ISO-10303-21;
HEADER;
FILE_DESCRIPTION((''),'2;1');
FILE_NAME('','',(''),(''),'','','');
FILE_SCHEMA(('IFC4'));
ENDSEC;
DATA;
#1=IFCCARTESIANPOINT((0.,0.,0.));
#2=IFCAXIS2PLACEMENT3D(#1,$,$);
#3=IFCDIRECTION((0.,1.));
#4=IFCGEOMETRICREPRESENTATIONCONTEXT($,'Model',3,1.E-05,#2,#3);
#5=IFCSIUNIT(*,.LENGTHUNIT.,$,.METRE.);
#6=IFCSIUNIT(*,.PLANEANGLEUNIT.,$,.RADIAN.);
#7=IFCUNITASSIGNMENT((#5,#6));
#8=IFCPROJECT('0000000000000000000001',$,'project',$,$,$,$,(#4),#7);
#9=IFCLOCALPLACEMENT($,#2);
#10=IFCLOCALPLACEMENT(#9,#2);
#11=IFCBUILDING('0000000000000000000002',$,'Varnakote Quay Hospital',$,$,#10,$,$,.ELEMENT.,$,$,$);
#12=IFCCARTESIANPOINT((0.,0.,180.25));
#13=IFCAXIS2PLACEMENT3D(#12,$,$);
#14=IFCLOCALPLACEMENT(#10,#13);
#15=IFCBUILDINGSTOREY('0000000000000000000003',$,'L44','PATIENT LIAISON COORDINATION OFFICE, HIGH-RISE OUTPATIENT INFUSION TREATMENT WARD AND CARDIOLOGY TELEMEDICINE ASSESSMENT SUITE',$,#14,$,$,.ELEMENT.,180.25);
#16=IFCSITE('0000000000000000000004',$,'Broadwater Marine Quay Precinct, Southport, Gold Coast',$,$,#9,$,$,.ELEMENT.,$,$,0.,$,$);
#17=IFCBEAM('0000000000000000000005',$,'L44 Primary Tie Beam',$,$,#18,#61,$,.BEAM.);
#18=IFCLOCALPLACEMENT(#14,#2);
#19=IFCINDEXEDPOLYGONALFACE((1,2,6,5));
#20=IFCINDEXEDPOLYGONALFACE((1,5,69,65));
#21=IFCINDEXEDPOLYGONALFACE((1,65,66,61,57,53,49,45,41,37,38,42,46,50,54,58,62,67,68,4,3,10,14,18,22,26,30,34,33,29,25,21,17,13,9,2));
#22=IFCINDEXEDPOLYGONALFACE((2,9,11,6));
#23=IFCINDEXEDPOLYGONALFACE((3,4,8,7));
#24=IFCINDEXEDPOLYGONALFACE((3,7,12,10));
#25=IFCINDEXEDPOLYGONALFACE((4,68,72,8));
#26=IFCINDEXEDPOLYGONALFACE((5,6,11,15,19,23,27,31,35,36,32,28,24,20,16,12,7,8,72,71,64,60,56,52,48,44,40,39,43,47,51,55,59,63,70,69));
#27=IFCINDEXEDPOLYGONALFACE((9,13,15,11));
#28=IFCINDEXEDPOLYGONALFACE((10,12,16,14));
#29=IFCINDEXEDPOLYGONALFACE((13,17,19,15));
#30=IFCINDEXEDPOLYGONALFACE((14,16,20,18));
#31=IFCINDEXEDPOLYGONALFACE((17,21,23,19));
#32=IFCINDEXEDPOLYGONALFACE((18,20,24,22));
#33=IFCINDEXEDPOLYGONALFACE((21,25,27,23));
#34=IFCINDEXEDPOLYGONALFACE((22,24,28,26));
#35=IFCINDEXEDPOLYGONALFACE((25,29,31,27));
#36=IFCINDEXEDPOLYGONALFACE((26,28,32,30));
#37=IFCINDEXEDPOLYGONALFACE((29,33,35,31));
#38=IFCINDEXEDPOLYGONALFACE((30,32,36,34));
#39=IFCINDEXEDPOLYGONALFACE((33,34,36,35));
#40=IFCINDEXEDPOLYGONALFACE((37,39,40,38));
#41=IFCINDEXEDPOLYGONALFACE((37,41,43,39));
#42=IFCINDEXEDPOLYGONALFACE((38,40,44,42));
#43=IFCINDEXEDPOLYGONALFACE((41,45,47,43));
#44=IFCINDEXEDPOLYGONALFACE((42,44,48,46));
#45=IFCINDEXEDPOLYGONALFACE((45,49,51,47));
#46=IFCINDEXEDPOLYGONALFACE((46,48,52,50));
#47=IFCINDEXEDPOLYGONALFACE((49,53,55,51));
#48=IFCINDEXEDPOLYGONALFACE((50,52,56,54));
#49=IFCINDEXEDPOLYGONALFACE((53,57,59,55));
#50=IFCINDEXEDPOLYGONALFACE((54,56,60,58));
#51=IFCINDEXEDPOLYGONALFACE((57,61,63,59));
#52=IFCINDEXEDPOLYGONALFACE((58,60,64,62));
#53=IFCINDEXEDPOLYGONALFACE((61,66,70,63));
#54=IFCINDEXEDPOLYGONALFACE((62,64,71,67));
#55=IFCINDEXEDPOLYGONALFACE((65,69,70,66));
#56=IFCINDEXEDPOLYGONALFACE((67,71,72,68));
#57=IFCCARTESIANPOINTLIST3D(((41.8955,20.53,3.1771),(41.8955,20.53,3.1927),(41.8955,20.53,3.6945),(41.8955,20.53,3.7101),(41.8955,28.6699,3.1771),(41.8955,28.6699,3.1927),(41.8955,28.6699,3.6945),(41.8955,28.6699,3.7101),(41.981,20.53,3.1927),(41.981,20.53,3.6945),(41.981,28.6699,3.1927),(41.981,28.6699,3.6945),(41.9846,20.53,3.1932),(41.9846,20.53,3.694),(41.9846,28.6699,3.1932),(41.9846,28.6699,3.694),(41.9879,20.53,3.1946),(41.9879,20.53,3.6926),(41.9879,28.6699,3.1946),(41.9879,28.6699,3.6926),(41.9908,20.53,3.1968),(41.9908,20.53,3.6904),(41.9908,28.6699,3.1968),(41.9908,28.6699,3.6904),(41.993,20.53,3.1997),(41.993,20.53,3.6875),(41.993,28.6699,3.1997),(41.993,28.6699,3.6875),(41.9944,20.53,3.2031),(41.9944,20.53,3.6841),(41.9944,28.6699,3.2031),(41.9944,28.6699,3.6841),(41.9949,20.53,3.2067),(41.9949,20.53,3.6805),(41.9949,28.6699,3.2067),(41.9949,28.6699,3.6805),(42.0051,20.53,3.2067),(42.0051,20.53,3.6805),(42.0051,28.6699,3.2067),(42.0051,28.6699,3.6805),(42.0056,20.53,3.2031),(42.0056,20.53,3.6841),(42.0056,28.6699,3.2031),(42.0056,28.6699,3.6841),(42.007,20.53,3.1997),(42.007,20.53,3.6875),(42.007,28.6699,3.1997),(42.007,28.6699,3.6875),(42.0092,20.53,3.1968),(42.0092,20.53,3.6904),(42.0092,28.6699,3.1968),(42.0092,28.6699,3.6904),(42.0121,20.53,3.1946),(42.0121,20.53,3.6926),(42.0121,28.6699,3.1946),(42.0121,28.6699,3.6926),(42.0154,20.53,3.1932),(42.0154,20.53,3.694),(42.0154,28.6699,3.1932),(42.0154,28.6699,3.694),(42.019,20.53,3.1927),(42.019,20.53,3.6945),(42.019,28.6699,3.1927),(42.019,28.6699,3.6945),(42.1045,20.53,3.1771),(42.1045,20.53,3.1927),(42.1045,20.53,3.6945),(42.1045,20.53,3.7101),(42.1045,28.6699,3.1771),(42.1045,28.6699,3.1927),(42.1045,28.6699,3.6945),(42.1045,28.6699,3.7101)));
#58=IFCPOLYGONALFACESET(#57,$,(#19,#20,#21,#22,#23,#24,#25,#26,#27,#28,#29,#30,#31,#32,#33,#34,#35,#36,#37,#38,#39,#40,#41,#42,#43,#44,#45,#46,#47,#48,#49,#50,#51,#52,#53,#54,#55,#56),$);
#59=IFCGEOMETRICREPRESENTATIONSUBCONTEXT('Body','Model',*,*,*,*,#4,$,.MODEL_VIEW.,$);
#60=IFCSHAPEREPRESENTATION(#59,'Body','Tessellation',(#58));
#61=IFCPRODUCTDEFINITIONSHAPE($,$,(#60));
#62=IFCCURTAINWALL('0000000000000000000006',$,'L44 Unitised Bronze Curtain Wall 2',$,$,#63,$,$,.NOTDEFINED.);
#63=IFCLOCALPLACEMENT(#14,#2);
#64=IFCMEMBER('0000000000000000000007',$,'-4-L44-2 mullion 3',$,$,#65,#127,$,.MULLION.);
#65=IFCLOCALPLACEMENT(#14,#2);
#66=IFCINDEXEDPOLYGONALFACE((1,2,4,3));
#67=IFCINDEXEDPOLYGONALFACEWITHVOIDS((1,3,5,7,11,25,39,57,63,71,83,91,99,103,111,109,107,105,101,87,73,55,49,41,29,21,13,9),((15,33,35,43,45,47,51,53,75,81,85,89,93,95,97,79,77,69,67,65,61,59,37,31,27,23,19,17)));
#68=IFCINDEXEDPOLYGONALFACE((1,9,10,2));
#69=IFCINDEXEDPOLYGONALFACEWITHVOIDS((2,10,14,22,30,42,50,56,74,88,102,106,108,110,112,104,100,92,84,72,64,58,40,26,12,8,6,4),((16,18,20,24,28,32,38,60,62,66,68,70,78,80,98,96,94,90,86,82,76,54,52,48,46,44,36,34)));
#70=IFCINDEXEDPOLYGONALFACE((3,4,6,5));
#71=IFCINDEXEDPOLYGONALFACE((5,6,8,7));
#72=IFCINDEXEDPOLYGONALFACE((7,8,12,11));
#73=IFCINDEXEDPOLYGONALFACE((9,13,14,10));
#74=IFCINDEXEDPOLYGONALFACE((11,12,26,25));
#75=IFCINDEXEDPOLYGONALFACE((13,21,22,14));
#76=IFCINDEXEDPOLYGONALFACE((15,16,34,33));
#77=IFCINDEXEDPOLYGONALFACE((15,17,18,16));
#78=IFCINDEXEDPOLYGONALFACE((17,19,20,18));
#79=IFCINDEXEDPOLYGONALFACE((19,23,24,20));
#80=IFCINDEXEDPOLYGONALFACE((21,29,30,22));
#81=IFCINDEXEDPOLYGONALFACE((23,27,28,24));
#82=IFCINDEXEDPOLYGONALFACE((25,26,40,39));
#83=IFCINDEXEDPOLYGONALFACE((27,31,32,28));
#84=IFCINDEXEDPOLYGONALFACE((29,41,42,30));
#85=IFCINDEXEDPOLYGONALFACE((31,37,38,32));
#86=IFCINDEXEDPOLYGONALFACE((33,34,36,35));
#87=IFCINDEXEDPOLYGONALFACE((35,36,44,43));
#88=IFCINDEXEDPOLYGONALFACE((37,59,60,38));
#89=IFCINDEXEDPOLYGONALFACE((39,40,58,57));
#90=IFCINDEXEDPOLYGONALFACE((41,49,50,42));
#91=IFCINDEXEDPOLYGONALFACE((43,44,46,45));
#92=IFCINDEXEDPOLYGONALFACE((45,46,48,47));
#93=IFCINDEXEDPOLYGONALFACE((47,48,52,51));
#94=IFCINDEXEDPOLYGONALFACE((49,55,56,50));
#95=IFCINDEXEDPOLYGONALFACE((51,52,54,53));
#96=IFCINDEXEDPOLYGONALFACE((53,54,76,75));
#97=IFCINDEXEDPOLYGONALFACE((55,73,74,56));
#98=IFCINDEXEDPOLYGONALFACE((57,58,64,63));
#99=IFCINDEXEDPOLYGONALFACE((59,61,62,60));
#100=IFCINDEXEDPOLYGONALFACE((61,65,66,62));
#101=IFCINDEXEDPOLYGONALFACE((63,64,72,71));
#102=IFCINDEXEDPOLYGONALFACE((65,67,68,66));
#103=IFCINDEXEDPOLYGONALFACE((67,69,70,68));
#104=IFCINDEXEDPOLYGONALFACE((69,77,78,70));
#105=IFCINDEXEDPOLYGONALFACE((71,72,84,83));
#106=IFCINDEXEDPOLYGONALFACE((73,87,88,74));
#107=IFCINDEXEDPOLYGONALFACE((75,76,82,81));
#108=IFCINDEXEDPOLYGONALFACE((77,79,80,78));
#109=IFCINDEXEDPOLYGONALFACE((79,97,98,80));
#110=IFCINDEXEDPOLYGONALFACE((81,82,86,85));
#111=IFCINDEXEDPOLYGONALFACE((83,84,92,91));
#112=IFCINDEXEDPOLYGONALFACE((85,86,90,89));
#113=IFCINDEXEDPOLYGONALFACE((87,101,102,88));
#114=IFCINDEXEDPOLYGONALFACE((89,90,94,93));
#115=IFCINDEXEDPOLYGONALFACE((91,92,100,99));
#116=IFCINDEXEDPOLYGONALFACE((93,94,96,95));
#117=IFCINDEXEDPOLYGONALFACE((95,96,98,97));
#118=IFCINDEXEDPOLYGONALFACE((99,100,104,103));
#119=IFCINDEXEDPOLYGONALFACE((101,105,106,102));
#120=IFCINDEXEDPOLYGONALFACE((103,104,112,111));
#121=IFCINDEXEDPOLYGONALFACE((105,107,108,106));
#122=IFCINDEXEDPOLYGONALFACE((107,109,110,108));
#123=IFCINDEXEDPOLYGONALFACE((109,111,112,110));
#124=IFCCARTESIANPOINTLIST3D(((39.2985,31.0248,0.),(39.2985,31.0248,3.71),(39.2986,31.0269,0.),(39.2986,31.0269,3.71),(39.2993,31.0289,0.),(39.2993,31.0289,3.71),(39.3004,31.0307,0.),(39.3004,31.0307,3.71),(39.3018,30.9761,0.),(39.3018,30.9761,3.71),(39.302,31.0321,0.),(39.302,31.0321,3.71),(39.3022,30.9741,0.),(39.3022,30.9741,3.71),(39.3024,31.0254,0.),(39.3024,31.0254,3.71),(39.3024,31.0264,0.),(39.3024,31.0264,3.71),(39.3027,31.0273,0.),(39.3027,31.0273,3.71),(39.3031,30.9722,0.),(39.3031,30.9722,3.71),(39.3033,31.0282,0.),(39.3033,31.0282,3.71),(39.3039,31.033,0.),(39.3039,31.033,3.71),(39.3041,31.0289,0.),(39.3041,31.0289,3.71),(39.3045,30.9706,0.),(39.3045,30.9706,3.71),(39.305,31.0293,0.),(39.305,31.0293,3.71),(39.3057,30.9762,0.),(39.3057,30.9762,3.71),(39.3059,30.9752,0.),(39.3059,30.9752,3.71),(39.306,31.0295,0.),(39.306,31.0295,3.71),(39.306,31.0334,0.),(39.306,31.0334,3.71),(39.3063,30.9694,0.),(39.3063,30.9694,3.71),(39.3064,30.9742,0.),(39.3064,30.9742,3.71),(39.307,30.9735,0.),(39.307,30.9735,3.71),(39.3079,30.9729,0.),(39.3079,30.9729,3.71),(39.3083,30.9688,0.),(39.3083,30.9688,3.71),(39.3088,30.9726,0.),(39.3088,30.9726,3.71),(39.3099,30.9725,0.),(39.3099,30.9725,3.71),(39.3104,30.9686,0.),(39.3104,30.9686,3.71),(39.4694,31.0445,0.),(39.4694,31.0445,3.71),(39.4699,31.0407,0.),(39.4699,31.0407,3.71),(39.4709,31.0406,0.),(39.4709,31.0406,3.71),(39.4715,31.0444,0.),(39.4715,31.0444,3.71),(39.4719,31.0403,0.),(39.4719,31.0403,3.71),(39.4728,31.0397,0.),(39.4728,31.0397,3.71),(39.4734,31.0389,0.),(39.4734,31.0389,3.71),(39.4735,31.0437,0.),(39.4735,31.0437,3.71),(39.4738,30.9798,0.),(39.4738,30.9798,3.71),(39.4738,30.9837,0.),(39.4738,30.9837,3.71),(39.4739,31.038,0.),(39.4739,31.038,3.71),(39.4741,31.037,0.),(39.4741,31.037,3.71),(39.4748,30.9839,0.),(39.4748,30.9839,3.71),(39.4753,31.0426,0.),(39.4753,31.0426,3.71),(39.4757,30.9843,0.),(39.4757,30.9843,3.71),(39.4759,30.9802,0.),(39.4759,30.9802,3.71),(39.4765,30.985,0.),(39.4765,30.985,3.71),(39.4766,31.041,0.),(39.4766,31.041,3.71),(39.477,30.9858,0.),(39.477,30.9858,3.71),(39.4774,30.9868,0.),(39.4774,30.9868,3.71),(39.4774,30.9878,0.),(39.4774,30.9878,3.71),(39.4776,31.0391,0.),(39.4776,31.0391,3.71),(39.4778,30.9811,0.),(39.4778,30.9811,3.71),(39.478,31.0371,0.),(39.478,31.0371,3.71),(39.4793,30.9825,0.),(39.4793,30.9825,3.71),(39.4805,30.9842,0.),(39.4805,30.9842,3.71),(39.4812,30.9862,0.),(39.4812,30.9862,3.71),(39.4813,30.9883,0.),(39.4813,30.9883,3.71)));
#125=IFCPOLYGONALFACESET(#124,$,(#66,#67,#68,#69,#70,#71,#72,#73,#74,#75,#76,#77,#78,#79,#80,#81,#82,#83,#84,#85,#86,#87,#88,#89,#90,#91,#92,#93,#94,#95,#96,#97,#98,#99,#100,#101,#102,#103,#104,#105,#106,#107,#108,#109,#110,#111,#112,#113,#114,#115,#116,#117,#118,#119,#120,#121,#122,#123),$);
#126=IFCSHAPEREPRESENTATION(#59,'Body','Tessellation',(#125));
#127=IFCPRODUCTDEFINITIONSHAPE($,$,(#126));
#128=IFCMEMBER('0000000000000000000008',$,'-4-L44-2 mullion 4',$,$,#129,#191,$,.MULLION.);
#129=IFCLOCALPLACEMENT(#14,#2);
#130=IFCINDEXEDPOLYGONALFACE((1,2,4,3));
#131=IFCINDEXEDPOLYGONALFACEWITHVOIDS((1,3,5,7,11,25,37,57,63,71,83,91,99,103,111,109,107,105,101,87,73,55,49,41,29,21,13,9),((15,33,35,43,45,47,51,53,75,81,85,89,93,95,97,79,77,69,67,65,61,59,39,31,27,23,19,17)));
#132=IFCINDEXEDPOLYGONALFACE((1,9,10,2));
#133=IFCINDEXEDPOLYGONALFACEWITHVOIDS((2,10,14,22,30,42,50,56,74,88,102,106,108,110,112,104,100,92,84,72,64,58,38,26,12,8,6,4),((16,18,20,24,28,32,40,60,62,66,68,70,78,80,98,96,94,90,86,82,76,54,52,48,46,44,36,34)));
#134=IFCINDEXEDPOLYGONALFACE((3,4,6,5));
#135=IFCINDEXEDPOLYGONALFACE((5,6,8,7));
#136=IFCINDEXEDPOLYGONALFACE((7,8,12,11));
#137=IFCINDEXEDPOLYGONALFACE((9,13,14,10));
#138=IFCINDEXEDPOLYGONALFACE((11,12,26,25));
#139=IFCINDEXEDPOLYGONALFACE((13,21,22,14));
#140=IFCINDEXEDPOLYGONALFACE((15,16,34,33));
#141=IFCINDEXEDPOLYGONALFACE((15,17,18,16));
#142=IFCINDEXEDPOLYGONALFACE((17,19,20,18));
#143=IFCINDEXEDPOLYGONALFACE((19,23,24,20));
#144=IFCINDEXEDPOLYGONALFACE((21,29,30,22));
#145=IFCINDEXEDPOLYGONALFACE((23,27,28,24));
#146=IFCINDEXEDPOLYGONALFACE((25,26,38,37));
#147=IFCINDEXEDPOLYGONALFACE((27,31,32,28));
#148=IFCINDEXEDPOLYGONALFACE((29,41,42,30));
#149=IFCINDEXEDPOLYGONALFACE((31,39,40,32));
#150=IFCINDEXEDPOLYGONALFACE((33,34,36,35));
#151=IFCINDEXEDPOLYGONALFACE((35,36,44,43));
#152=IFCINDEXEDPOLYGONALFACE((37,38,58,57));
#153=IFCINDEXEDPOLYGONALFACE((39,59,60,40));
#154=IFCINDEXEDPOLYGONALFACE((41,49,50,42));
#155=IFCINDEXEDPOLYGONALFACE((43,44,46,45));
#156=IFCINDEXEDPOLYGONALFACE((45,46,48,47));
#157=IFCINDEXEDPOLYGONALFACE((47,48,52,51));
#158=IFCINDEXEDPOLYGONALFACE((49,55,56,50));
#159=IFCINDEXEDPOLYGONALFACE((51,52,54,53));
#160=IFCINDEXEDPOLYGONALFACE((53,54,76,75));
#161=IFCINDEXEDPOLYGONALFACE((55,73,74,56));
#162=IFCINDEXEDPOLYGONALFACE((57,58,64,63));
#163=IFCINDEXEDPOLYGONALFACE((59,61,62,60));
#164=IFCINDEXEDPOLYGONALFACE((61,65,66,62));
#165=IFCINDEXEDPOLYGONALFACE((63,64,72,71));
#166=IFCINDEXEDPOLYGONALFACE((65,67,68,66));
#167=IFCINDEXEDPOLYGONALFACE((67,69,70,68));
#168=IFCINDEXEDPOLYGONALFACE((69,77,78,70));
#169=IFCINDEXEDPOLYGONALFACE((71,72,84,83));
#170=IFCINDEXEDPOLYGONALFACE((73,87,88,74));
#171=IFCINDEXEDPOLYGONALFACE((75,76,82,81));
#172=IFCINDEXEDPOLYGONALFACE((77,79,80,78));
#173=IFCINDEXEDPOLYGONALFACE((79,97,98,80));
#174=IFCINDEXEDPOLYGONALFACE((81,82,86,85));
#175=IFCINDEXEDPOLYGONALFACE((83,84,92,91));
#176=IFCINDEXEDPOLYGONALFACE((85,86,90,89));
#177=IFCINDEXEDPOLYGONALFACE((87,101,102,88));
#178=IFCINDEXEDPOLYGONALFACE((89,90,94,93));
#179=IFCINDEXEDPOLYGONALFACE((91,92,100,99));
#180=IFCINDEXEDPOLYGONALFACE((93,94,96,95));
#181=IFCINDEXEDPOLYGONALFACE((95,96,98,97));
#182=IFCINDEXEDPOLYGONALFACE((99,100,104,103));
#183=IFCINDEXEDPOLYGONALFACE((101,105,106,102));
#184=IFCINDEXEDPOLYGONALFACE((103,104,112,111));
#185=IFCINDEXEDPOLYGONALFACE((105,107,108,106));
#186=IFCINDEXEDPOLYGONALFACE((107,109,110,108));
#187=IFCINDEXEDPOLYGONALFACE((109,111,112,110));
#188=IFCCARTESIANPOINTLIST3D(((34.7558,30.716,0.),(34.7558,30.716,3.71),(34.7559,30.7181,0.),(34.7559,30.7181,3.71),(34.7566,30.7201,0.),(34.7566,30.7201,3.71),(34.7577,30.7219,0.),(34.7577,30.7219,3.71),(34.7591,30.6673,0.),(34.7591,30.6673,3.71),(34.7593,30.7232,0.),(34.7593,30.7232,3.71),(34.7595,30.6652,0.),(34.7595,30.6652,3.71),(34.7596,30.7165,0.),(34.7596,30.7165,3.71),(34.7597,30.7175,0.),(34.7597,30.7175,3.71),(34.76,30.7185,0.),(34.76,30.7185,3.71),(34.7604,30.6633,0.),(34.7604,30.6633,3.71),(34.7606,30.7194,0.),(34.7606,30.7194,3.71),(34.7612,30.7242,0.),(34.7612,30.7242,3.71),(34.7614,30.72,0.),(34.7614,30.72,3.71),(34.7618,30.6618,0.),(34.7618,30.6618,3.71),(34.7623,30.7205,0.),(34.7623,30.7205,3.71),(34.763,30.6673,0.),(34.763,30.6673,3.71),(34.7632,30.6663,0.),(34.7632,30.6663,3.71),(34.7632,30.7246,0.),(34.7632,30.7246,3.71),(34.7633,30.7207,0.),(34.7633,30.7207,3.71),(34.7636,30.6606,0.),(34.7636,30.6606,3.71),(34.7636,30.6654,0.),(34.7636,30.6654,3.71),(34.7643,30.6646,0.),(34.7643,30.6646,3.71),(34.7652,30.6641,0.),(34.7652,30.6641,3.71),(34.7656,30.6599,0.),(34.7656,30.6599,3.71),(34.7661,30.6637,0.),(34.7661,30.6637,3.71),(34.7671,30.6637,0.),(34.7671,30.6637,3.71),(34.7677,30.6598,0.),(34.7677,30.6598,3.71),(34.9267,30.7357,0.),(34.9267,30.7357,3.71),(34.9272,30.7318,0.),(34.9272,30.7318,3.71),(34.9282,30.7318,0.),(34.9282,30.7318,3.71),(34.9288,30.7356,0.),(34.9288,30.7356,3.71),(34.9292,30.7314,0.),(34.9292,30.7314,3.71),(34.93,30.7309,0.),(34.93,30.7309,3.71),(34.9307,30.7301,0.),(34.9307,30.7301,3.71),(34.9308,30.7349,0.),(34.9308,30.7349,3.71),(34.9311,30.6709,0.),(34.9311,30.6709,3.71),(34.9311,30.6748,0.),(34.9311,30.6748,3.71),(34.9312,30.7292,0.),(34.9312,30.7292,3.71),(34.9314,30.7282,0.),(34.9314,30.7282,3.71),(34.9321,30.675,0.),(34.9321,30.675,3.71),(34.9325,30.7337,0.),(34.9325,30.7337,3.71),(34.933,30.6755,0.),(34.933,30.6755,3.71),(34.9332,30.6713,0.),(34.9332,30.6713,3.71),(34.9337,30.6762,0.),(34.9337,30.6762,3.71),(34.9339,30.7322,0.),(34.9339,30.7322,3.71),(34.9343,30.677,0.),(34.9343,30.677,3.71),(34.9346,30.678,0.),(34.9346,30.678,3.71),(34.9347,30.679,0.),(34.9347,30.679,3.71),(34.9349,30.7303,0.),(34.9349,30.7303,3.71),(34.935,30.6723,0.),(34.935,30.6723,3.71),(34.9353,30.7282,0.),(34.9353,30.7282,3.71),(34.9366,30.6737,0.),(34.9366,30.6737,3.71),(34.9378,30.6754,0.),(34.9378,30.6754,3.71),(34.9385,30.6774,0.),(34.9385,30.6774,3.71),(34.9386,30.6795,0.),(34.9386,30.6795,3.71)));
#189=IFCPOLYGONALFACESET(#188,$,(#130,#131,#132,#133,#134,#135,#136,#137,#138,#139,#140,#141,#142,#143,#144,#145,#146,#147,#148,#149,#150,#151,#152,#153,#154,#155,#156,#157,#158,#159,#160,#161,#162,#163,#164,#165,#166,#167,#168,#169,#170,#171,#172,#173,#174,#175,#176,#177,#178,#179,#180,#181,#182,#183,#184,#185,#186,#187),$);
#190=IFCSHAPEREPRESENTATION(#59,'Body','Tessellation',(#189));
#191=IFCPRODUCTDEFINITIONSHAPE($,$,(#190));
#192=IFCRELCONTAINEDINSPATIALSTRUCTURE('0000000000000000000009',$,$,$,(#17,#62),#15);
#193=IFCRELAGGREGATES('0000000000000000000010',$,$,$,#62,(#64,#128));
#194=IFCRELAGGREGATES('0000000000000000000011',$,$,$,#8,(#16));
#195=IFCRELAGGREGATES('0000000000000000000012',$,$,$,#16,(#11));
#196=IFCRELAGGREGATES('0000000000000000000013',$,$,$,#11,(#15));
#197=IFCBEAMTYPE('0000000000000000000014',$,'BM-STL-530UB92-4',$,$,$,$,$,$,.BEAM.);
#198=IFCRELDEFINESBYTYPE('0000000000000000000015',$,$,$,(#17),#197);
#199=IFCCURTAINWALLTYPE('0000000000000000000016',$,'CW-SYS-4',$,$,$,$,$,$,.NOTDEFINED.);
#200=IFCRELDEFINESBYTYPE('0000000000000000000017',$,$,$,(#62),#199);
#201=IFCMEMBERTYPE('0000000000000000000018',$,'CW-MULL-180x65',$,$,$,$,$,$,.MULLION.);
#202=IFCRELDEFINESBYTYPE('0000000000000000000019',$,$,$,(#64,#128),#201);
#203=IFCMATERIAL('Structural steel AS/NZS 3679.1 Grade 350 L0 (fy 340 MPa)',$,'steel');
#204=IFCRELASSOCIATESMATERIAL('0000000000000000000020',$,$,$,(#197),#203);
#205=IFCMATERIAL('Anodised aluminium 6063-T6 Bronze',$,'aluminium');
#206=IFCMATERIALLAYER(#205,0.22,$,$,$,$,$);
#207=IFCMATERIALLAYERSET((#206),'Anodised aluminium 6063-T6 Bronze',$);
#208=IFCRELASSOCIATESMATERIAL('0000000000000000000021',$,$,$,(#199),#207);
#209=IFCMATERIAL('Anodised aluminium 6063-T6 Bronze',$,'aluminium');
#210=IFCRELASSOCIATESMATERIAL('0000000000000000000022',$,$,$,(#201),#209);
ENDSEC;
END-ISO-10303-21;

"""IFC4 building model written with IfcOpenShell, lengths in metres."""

from ifc_helpers import new_model, si_unit, direction, frame, origin, origin_2d, place, context, subcontext, project, spatial, hollow_rectangle, i_section, extrude, material, layer, layer_set, material_profile, profile_set, type_object, element, aggregate, save


model = new_model("IFC4")

# Units and contexts
model_context = context("Model", 3, precision=1e-05, world=origin(), true_north=direction((0.0, 1.0)))
body_context = subcontext(model_context, "Body", "Model", "MODEL_VIEW")
ifc_project = project(units=[si_unit("LENGTHUNIT", "METRE"), si_unit("PLANEANGLEUNIT", "RADIAN")], contexts=[model_context])

# Site, building, storey
site_placement = place(None, origin())
site = spatial("IfcSite", under=ifc_project, at=site_placement, Name="Broadwater Marine Quay Precinct, Southport, Gold Coast", CompositionType="ELEMENT", RefElevation=0.0)
building_placement = place(site_placement, origin())
building = spatial("IfcBuilding", under=site, at=building_placement, Name="Varnakote Quay Hospital", CompositionType="ELEMENT")
storey_placement = place(building_placement, frame((0.0, 0.0, 180.25)))
storey = spatial("IfcBuildingStorey", under=building, at=storey_placement, Name="L44", Description="PATIENT LIAISON COORDINATION OFFICE, HIGH-RISE OUTPATIENT INFUSION TREATMENT WARD AND CARDIOLOGY TELEMEDICINE ASSESSMENT SUITE", CompositionType="ELEMENT", Elevation=180.25)

# Beam
ifc_material_1 = material(Name="Structural steel AS/NZS 3679.1 Grade 350 L0 (fy 340 MPa)", Category="steel")
ifc_material_profile_1 = material_profile(ifc_material_1, i_section(OverallWidth=0.209, OverallDepth=0.533, WebThickness=0.0103, FlangeThickness=0.0156, FilletRadius=0.0139, at=origin_2d()), Name="530UB92.4")
ifc_profile_set_1 = profile_set([ifc_material_profile_1], Name="Structural steel AS/NZS 3679.1 Grade 350 L0 (fy 340 MPa)")
beam_type_1 = type_object("IfcBeamType", Name="BM-STL-530UB92-4", PredefinedType="BEAM", material=ifc_profile_set_1)
beam_1_placement = place(storey_placement, frame((42.0, 20.53, 3.4436), z_axis=(0.0, 1.0, 0.0), x_axis=(-1.0, 0.0, 0.0)))
element("IfcBeam", 1, at=beam_1_placement, inside=storey, type_object=beam_type_1, Name="L44 Primary Tie Beam", PredefinedType="BEAM", context=body_context, shape_type="SweptSolid", body=[
    extrude(i_section(OverallWidth=0.209, OverallDepth=0.533, WebThickness=0.0103, FlangeThickness=0.0156, FilletRadius=0.0139, at=origin_2d()), origin(), (0.0, 0.0, 1.0), 8.1399),
])

# Curtain wall, members
ifc_material_2 = material(Name="Anodised aluminium 6063-T6 Bronze", Category="aluminium")
ifc_layer_1 = layer(ifc_material_2, 0.22)
ifc_layer_set_1 = layer_set([ifc_layer_1], Name="Anodised aluminium 6063-T6 Bronze")
curtain_wall_type = type_object("IfcCurtainWallType", Name="CW-SYS-4", PredefinedType="NOTDEFINED", material=ifc_layer_set_1)
curtain_wall_placement = place(storey_placement, origin())
curtain_wall = element("IfcCurtainWall", 2, at=curtain_wall_placement, inside=storey, type_object=curtain_wall_type, Name="L44 Unitised Bronze Curtain Wall 2", PredefinedType="NOTDEFINED")
ifc_material_3 = material(Name="Anodised aluminium 6063-T6 Bronze", Category="aluminium")
ifc_material_profile_2 = material_profile(ifc_material_3, hollow_rectangle(XDim=0.0649, YDim=0.1799, WallThickness=0.0039, InnerFilletRadius=0.0039, OuterFilletRadius=0.0081, at=origin_2d()), Name="CW-MULL-180x65")
ifc_profile_set_2 = profile_set([ifc_material_profile_2], Name="Anodised aluminium 6063-T6 Bronze")
member_type_1 = type_object("IfcMemberType", Name="CW-MULL-180x65", PredefinedType="MULLION", material=ifc_profile_set_2)
member_1_placement = place(storey_placement, frame((39.3899, 31.0066, 0.0), z_axis=(0.0, 0.0, 1.0), x_axis=(0.067842, -0.997696, 0.0)))
member_1 = element("IfcMember", 3, at=member_1_placement, type_object=member_type_1, Name="-4-L44-2 mullion 3", PredefinedType="MULLION", context=body_context, shape_type="SweptSolid", body=[
    extrude(hollow_rectangle(XDim=0.0649, YDim=0.1799, WallThickness=0.0039, InnerFilletRadius=0.0039, OuterFilletRadius=0.0081, at=origin_2d()), origin(), (0.0, 0.0, 1.0), 3.71),
])
member_2_placement = place(storey_placement, frame((34.8472, 30.6978, 0.0), z_axis=(0.0, 0.0, 1.0), x_axis=(0.067842, -0.997696, 0.0)))
member_2 = element("IfcMember", 4, at=member_2_placement, type_object=member_type_1, Name="-4-L44-2 mullion 4", PredefinedType="MULLION", context=body_context, shape_type="SweptSolid", body=[
    extrude(hollow_rectangle(XDim=0.0649, YDim=0.1799, WallThickness=0.0039, InnerFilletRadius=0.0039, OuterFilletRadius=0.0081, at=origin_2d()), origin(), (0.0, 0.0, 1.0), 3.71),
])

aggregate(curtain_wall, [member_1, member_2])

save(model, "model.ifc")
